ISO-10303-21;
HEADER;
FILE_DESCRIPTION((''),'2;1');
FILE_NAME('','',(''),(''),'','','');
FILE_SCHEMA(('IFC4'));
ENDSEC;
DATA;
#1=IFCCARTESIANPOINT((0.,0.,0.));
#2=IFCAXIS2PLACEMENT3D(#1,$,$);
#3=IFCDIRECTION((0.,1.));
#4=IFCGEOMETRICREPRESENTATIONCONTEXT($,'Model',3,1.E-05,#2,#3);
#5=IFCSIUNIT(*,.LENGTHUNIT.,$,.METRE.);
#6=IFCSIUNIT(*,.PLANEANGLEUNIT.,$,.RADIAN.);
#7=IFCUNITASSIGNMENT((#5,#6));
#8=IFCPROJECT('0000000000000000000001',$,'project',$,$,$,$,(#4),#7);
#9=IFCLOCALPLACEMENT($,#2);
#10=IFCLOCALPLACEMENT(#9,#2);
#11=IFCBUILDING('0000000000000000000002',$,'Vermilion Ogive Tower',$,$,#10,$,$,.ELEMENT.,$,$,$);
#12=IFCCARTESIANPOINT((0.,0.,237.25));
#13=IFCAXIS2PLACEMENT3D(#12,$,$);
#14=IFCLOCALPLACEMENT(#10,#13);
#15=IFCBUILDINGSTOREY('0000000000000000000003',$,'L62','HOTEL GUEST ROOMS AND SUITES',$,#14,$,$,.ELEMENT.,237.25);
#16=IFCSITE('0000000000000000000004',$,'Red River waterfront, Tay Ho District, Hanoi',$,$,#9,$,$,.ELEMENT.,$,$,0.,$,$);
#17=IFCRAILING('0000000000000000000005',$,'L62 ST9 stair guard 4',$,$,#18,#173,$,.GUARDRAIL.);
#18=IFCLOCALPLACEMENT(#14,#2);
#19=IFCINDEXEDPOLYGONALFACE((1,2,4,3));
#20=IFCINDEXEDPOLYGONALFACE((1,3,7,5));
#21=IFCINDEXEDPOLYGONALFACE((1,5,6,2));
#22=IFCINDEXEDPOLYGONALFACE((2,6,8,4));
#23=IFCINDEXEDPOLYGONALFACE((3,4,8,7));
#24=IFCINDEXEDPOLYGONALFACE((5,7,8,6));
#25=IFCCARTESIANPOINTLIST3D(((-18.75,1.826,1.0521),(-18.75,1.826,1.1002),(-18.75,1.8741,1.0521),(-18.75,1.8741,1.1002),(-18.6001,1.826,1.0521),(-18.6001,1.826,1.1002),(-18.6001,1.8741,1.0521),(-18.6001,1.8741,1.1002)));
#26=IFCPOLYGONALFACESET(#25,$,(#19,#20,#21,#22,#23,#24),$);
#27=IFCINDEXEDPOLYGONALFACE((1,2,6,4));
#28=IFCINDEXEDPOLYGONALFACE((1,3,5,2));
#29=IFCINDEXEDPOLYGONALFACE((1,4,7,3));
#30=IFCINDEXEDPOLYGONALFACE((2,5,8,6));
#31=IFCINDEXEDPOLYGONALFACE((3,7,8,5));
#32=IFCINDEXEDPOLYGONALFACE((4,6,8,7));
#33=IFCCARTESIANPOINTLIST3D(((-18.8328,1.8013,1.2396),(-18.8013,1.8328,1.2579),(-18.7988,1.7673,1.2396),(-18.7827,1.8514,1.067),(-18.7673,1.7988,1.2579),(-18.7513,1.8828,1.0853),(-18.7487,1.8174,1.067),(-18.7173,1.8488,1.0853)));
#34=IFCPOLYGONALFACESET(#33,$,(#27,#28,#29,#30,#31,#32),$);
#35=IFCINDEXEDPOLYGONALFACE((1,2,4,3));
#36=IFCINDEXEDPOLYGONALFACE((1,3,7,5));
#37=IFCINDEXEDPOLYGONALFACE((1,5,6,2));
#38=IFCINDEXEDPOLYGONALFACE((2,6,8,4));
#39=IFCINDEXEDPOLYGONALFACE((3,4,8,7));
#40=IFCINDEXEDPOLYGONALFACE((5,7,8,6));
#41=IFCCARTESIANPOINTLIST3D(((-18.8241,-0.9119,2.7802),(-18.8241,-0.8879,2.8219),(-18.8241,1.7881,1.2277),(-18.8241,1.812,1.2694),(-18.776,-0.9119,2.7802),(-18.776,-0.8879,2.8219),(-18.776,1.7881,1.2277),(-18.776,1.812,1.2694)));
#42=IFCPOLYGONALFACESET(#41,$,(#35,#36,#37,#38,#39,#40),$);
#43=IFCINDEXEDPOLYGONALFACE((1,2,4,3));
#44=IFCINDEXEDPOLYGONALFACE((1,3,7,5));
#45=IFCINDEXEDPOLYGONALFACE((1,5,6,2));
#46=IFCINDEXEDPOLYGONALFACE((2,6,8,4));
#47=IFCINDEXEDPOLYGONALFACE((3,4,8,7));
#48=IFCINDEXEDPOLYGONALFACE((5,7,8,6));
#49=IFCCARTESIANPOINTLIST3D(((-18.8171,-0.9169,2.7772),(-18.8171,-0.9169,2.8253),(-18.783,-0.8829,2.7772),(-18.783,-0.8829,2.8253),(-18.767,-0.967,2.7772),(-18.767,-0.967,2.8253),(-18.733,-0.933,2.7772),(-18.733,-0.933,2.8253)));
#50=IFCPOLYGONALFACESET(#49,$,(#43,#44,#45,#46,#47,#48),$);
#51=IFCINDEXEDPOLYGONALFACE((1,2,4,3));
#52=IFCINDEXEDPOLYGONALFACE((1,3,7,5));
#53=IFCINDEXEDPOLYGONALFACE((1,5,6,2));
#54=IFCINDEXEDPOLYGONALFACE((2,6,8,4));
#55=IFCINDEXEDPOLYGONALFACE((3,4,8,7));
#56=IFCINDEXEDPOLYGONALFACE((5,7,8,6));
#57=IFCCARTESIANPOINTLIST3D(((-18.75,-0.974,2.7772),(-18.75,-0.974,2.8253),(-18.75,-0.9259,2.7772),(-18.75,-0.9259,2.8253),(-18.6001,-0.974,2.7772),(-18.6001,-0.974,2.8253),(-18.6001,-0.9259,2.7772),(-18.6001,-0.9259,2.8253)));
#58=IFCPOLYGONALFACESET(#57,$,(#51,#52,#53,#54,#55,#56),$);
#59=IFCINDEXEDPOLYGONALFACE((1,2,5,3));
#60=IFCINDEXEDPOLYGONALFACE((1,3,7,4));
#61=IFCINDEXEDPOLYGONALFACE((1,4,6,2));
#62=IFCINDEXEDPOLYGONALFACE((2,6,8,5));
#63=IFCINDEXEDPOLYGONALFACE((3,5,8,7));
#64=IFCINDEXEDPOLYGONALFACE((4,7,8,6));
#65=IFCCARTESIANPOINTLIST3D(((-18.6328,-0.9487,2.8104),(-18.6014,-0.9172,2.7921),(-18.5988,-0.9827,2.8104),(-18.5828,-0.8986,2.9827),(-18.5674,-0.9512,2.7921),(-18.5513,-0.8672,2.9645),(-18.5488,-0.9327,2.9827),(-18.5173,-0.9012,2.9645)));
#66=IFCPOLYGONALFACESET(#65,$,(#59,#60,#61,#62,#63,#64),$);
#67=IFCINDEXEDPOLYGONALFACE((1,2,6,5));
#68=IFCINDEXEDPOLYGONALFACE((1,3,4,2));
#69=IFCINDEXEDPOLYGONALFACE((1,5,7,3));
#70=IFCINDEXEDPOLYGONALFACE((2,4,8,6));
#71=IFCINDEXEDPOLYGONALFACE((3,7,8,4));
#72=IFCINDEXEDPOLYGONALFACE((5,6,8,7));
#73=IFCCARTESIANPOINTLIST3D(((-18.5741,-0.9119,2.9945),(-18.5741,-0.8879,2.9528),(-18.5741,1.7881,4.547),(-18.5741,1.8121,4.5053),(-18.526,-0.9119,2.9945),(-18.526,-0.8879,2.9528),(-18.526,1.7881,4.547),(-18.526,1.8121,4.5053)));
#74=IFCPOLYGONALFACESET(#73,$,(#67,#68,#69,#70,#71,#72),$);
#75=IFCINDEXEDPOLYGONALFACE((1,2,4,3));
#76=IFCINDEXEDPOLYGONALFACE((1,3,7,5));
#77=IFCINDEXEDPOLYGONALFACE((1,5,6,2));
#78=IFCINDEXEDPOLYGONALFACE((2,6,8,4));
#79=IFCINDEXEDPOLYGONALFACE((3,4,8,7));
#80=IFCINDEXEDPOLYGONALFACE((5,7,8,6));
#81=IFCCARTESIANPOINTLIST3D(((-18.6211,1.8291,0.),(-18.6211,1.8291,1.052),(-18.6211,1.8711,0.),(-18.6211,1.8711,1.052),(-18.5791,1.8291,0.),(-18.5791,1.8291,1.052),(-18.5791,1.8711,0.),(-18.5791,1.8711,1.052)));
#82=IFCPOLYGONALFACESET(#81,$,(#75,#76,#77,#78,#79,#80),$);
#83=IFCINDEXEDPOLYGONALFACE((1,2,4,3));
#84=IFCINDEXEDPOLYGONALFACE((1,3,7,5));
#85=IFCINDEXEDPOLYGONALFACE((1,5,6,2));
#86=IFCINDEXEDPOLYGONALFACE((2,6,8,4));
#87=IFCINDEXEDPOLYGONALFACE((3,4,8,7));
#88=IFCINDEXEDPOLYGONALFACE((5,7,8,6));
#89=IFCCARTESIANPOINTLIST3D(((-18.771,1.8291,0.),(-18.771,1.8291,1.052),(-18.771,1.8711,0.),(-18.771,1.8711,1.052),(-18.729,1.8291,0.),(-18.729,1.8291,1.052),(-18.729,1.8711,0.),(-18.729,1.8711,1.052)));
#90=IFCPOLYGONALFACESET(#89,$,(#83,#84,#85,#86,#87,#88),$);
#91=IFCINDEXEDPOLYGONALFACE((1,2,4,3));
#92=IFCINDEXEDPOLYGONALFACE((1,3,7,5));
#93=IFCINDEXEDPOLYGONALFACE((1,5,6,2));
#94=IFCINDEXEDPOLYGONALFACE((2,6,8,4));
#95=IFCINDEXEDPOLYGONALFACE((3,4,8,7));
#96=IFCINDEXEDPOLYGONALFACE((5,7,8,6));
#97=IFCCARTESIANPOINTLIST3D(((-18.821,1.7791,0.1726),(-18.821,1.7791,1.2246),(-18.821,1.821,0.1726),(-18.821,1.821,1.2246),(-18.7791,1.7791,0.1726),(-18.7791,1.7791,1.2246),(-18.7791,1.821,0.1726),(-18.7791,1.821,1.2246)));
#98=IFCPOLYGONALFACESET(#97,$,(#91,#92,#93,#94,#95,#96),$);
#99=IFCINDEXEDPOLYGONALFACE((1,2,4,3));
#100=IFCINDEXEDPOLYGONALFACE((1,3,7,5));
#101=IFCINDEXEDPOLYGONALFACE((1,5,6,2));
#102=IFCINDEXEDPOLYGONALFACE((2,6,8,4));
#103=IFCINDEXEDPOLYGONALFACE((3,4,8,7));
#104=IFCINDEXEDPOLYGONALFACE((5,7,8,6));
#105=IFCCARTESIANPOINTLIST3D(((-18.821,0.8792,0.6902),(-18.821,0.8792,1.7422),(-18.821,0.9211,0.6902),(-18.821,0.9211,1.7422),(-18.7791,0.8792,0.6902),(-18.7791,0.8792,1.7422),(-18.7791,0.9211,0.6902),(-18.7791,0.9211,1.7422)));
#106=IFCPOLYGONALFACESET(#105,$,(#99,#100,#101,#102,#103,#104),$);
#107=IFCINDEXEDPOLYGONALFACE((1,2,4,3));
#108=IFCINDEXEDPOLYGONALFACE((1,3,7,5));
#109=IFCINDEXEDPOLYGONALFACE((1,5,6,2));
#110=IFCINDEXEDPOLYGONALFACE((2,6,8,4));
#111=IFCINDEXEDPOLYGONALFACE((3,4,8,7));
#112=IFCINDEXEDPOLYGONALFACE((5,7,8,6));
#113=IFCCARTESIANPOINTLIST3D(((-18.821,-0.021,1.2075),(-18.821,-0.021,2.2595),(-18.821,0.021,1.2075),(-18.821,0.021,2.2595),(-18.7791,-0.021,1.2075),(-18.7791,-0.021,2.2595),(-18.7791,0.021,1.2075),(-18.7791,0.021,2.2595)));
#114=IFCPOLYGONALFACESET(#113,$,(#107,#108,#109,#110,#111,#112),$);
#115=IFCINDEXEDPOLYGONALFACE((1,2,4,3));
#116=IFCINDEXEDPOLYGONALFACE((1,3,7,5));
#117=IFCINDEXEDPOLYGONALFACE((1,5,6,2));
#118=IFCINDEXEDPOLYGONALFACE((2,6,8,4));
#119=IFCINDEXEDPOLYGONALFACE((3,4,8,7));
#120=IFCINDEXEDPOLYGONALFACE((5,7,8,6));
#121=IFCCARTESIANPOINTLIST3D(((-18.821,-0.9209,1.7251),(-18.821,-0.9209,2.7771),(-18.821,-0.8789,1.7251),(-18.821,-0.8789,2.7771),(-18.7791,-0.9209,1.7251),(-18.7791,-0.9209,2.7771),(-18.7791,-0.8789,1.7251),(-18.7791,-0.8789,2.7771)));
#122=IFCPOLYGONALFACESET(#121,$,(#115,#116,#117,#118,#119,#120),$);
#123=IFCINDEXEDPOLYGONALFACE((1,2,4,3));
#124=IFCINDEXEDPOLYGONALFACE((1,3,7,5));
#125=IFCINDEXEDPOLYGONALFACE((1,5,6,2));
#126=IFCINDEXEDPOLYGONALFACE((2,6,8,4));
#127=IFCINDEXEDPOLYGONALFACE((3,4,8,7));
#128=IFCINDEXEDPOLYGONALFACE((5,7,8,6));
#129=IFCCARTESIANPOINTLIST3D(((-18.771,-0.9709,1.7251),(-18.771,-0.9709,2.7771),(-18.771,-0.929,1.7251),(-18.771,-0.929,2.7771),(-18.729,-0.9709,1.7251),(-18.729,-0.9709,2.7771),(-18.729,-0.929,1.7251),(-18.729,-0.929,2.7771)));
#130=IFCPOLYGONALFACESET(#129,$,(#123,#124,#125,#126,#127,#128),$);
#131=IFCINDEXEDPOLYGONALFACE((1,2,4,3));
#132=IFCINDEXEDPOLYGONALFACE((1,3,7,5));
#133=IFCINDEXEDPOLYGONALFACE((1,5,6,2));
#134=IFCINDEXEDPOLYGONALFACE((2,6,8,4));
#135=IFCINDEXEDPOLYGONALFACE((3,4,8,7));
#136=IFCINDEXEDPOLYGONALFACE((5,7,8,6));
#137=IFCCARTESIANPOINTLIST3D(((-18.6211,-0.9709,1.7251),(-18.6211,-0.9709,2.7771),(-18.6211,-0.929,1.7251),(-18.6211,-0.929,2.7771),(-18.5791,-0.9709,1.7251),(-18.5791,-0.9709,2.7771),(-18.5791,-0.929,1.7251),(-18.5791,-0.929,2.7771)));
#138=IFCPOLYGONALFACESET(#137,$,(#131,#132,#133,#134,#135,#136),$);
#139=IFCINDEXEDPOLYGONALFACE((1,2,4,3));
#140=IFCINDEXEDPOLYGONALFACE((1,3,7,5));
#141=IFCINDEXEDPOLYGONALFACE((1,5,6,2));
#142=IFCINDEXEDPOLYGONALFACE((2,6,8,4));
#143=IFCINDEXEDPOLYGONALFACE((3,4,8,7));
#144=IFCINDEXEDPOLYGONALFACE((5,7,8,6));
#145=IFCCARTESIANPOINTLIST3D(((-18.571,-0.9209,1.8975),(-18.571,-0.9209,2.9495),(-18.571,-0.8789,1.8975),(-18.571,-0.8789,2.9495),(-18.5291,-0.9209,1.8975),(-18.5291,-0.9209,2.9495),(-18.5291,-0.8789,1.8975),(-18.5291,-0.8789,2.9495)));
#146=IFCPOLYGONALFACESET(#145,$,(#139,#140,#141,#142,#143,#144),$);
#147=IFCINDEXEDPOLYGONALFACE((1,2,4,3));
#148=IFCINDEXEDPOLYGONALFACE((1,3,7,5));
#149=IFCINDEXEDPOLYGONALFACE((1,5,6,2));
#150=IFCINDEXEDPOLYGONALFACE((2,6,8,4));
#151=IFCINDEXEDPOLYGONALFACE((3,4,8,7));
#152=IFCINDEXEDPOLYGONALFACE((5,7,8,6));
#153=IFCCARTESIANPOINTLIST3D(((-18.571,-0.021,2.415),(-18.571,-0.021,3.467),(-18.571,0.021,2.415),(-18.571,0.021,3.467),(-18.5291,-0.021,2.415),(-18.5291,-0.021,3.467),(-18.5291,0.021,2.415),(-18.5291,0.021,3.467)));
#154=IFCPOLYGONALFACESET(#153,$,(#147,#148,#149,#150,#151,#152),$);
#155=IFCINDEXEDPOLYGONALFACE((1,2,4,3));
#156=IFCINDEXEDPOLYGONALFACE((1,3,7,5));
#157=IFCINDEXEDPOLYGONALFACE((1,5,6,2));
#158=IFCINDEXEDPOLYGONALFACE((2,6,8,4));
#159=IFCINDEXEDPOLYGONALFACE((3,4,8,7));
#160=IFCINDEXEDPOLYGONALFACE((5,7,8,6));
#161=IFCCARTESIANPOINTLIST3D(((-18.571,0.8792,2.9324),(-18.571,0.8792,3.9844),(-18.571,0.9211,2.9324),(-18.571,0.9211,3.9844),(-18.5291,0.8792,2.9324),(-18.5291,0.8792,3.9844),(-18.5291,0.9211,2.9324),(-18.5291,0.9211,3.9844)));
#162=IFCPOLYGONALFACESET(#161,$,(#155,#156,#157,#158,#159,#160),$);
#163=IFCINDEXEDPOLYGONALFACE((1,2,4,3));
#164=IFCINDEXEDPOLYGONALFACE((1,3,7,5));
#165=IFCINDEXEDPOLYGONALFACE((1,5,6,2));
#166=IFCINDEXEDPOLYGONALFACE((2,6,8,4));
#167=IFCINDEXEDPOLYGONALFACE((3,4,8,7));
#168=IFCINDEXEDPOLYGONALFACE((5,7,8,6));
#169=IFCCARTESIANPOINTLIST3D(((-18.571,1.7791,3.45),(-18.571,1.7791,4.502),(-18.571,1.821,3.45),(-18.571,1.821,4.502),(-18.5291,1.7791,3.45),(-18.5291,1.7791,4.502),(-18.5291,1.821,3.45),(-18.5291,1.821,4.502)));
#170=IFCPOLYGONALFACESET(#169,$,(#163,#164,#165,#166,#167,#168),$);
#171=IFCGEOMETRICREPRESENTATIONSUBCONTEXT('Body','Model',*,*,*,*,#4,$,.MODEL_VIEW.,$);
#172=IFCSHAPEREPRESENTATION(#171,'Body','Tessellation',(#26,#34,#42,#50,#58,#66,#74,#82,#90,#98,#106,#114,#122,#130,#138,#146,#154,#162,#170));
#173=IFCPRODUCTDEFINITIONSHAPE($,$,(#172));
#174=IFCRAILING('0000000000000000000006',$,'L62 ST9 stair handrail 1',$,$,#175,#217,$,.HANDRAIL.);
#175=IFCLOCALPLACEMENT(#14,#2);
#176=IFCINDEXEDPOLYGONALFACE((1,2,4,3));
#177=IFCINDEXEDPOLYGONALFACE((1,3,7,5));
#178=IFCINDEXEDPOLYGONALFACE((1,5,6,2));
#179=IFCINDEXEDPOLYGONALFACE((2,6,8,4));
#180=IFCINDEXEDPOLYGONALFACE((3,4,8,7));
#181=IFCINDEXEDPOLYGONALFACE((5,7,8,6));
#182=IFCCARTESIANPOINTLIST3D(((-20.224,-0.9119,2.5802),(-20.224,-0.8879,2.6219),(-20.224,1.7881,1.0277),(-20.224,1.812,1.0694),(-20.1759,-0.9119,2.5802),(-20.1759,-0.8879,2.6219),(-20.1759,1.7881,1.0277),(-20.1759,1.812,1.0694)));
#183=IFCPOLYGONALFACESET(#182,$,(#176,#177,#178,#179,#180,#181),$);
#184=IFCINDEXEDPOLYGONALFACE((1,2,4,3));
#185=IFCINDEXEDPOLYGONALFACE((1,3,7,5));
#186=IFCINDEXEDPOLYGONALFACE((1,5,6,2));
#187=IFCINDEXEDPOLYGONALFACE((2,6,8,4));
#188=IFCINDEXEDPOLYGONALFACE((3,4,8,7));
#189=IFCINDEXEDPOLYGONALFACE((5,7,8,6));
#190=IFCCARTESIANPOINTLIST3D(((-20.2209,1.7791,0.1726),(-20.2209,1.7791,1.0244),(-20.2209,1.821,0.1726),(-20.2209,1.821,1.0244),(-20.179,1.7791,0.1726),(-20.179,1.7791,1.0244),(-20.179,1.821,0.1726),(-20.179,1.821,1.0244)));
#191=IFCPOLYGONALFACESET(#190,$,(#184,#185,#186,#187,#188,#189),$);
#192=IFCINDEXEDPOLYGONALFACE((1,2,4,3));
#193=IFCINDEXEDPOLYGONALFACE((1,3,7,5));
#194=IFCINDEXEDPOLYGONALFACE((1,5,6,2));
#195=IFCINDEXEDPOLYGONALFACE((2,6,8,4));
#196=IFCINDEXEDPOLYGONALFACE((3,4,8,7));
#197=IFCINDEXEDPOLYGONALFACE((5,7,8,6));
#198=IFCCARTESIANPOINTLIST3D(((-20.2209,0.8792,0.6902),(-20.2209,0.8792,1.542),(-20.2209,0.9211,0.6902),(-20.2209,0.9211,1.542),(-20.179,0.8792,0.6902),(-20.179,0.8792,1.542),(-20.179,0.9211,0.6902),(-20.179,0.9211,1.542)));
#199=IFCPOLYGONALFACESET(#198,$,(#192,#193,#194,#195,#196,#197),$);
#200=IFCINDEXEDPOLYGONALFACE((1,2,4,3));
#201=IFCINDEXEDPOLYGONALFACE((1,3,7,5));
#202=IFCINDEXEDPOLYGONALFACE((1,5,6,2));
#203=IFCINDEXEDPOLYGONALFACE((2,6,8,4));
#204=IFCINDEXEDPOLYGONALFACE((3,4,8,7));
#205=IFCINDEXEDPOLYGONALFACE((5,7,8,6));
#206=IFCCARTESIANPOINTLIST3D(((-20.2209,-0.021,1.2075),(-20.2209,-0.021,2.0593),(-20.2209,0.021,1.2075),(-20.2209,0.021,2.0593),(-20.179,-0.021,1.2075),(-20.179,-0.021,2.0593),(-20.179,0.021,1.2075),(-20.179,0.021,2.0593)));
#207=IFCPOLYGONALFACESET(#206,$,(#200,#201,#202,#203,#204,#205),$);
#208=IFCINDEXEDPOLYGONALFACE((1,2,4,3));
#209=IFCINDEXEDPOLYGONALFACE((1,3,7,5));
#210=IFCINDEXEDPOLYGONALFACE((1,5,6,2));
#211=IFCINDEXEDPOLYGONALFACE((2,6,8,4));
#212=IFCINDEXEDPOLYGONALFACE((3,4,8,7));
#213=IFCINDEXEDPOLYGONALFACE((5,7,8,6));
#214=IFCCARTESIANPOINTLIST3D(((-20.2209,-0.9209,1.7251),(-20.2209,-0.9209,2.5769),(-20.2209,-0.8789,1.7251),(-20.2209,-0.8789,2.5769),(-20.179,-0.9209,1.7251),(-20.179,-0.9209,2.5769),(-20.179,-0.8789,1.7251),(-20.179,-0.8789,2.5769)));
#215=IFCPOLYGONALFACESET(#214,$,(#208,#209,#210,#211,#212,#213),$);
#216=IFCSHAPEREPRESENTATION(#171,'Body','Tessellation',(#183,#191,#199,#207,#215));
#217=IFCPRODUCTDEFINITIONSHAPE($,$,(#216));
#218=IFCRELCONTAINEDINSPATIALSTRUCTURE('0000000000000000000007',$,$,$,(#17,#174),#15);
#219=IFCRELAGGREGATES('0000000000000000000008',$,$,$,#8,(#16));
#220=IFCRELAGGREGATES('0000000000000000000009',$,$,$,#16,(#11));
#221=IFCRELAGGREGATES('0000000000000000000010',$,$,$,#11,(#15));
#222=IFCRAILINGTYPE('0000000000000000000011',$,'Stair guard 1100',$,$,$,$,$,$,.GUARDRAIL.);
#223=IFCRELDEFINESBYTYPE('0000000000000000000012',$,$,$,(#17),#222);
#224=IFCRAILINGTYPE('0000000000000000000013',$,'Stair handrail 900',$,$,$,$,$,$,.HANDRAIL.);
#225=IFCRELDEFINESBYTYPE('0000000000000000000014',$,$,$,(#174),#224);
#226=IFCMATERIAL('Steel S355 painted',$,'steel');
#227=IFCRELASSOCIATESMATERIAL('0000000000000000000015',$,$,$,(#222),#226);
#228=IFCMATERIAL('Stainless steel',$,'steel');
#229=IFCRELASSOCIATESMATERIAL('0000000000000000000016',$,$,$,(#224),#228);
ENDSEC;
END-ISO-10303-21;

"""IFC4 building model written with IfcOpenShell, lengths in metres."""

from ifc_helpers import new_model, si_unit, direction, frame, origin, origin_2d, place, context, subcontext, project, spatial, rectangle, extrude, material, type_object, element, save


model = new_model("IFC4")

# Units and contexts
model_context = context("Model", 3, precision=1e-05, world=origin(), true_north=direction((0.0, 1.0)))
body_context = subcontext(model_context, "Body", "Model", "MODEL_VIEW")
ifc_project = project(units=[si_unit("LENGTHUNIT", "METRE"), si_unit("PLANEANGLEUNIT", "RADIAN")], contexts=[model_context])

# Site, building, storey
site_placement = place(None, origin())
site = spatial("IfcSite", under=ifc_project, at=site_placement, Name="Red River waterfront, Tay Ho District, Hanoi", CompositionType="ELEMENT", RefElevation=0.0)
building_placement = place(site_placement, origin())
building = spatial("IfcBuilding", under=site, at=building_placement, Name="Vermilion Ogive Tower", CompositionType="ELEMENT")
storey_placement = place(building_placement, frame((0.0, 0.0, 237.25)))
storey = spatial("IfcBuildingStorey", under=building, at=storey_placement, Name="L62", Description="HOTEL GUEST ROOMS AND SUITES", CompositionType="ELEMENT", Elevation=237.25)

# Railings
ifc_material_1 = material(Name="Steel S355 painted", Category="steel")
railing_type_1 = type_object("IfcRailingType", Name="Stair guard 1100", PredefinedType="GUARDRAIL", material=ifc_material_1)
railing_1_placement = place(storey_placement, frame((-18.6001, 1.8501, 0.0)))
element("IfcRailing", 1, at=railing_1_placement, inside=storey, type_object=railing_type_1, Name="L62 ST9 stair guard 4", PredefinedType="GUARDRAIL", context=body_context, shape_type="SweptSolid", body=[
    extrude(rectangle(XDim=0.0481, YDim=0.0481, at=origin_2d()), frame((0.0, 0.0, 1.0762), z_axis=(-1.0, 0.0, 0.0), x_axis=(0.0, -1.0, 0.0)), (0.0, 0.0, 1.0), 0.1499),
    extrude(rectangle(XDim=0.0481, YDim=0.0481, at=origin_2d()), frame((-0.1499, 0.0, 1.0762), z_axis=(-0.268278, -0.268278, 0.925232), x_axis=(0.707107, -0.707107, 0.0)), (0.0, 0.0, 1.0), 0.1865),
    extrude(rectangle(XDim=0.0481, YDim=0.0481, at=origin_2d()), frame((-0.2, -0.05, 1.2485), z_axis=(0.0, -0.866904, 0.498476), x_axis=(1.0, 0.0, 0.0)), (0.0, 0.0, 1.0), 3.1145),
    extrude(rectangle(XDim=0.0481, YDim=0.0481, at=origin_2d()), frame((-0.2, -2.75, 2.8013), z_axis=(0.707107, -0.707107, 0.0), x_axis=(0.707107, 0.707107, 0.0)), (0.0, 0.0, 1.0), 0.0708),
    extrude(rectangle(XDim=0.0481, YDim=0.0481, at=origin_2d()), frame((-0.1499, -2.8, 2.8013), z_axis=(1.0, 0.0, 0.0), x_axis=(0.0, 1.0, 0.0)), (0.0, 0.0, 1.0), 0.1499),
    extrude(rectangle(XDim=0.0481, YDim=0.0481, at=origin_2d()), frame((0.0, -2.8, 2.8013), z_axis=(0.268603, 0.268603, 0.925043), x_axis=(-0.707107, 0.707107, 0.0)), (0.0, 0.0, 1.0), 0.1863),
    extrude(rectangle(XDim=0.0481, YDim=0.0481, at=origin_2d()), frame((0.05, -2.75, 2.9736), z_axis=(0.0, 0.866904, 0.498476), x_axis=(-1.0, 0.0, 0.0)), (0.0, 0.0, 1.0), 3.1145),
    extrude(rectangle(XDim=0.042, YDim=0.042, at=origin_2d()), origin(), (0.0, 0.0, 1.0), 1.052),
    extrude(rectangle(XDim=0.042, YDim=0.042, at=origin_2d()), frame((-0.1499, 0.0, 0.0)), (0.0, 0.0, 1.0), 1.052),
    extrude(rectangle(XDim=0.042, YDim=0.042, at=origin_2d()), frame((-0.2, -0.05, 0.1726)), (0.0, 0.0, 1.0), 1.052),
    extrude(rectangle(XDim=0.042, YDim=0.042, at=origin_2d()), frame((-0.2, -0.95, 0.6902)), (0.0, 0.0, 1.0), 1.052),
    extrude(rectangle(XDim=0.042, YDim=0.042, at=origin_2d()), frame((-0.2, -1.8501, 1.2075)), (0.0, 0.0, 1.0), 1.052),
    extrude(rectangle(XDim=0.042, YDim=0.042, at=origin_2d()), frame((-0.2, -2.75, 1.7251)), (0.0, 0.0, 1.0), 1.052),
    extrude(rectangle(XDim=0.042, YDim=0.042, at=origin_2d()), frame((-0.1499, -2.8, 1.7251)), (0.0, 0.0, 1.0), 1.052),
    extrude(rectangle(XDim=0.042, YDim=0.042, at=origin_2d()), frame((0.0, -2.8, 1.7251)), (0.0, 0.0, 1.0), 1.052),
    extrude(rectangle(XDim=0.042, YDim=0.042, at=origin_2d()), frame((0.05, -2.75, 1.8975)), (0.0, 0.0, 1.0), 1.052),
    extrude(rectangle(XDim=0.042, YDim=0.042, at=origin_2d()), frame((0.05, -1.8501, 2.415)), (0.0, 0.0, 1.0), 1.052),
    extrude(rectangle(XDim=0.042, YDim=0.042, at=origin_2d()), frame((0.05, -0.95, 2.9324)), (0.0, 0.0, 1.0), 1.052),
    extrude(rectangle(XDim=0.042, YDim=0.042, at=origin_2d()), frame((0.05, -0.05, 3.45)), (0.0, 0.0, 1.0), 1.052),
])
ifc_material_2 = material(Name="Stainless steel", Category="steel")
railing_type_2 = type_object("IfcRailingType", Name="Stair handrail 900", PredefinedType="HANDRAIL", material=ifc_material_2)
railing_2_placement = place(storey_placement, frame((-20.2, 1.8, 0.1726)))
element("IfcRailing", 2, at=railing_2_placement, inside=storey, type_object=railing_type_2, Name="L62 ST9 stair handrail 1", PredefinedType="HANDRAIL", context=body_context, shape_type="SweptSolid", body=[
    extrude(rectangle(XDim=0.0481, YDim=0.0481, at=origin_2d()), frame((0.0, 0.0, 0.876), z_axis=(0.0, -0.866904, 0.498476), x_axis=(1.0, 0.0, 0.0)), (0.0, 0.0, 1.0), 3.1145),
    extrude(rectangle(XDim=0.042, YDim=0.042, at=origin_2d()), origin(), (0.0, 0.0, 1.0), 0.8518),
    extrude(rectangle(XDim=0.042, YDim=0.042, at=origin_2d()), frame((0.0, -0.8999, 0.5176)), (0.0, 0.0, 1.0), 0.8518),
    extrude(rectangle(XDim=0.042, YDim=0.042, at=origin_2d()), frame((0.0, -1.8, 1.0349)), (0.0, 0.0, 1.0), 0.8518),
    extrude(rectangle(XDim=0.042, YDim=0.042, at=origin_2d()), frame((0.0, -2.7, 1.5525)), (0.0, 0.0, 1.0), 0.8518),
])

save(model, "model.ifc")
